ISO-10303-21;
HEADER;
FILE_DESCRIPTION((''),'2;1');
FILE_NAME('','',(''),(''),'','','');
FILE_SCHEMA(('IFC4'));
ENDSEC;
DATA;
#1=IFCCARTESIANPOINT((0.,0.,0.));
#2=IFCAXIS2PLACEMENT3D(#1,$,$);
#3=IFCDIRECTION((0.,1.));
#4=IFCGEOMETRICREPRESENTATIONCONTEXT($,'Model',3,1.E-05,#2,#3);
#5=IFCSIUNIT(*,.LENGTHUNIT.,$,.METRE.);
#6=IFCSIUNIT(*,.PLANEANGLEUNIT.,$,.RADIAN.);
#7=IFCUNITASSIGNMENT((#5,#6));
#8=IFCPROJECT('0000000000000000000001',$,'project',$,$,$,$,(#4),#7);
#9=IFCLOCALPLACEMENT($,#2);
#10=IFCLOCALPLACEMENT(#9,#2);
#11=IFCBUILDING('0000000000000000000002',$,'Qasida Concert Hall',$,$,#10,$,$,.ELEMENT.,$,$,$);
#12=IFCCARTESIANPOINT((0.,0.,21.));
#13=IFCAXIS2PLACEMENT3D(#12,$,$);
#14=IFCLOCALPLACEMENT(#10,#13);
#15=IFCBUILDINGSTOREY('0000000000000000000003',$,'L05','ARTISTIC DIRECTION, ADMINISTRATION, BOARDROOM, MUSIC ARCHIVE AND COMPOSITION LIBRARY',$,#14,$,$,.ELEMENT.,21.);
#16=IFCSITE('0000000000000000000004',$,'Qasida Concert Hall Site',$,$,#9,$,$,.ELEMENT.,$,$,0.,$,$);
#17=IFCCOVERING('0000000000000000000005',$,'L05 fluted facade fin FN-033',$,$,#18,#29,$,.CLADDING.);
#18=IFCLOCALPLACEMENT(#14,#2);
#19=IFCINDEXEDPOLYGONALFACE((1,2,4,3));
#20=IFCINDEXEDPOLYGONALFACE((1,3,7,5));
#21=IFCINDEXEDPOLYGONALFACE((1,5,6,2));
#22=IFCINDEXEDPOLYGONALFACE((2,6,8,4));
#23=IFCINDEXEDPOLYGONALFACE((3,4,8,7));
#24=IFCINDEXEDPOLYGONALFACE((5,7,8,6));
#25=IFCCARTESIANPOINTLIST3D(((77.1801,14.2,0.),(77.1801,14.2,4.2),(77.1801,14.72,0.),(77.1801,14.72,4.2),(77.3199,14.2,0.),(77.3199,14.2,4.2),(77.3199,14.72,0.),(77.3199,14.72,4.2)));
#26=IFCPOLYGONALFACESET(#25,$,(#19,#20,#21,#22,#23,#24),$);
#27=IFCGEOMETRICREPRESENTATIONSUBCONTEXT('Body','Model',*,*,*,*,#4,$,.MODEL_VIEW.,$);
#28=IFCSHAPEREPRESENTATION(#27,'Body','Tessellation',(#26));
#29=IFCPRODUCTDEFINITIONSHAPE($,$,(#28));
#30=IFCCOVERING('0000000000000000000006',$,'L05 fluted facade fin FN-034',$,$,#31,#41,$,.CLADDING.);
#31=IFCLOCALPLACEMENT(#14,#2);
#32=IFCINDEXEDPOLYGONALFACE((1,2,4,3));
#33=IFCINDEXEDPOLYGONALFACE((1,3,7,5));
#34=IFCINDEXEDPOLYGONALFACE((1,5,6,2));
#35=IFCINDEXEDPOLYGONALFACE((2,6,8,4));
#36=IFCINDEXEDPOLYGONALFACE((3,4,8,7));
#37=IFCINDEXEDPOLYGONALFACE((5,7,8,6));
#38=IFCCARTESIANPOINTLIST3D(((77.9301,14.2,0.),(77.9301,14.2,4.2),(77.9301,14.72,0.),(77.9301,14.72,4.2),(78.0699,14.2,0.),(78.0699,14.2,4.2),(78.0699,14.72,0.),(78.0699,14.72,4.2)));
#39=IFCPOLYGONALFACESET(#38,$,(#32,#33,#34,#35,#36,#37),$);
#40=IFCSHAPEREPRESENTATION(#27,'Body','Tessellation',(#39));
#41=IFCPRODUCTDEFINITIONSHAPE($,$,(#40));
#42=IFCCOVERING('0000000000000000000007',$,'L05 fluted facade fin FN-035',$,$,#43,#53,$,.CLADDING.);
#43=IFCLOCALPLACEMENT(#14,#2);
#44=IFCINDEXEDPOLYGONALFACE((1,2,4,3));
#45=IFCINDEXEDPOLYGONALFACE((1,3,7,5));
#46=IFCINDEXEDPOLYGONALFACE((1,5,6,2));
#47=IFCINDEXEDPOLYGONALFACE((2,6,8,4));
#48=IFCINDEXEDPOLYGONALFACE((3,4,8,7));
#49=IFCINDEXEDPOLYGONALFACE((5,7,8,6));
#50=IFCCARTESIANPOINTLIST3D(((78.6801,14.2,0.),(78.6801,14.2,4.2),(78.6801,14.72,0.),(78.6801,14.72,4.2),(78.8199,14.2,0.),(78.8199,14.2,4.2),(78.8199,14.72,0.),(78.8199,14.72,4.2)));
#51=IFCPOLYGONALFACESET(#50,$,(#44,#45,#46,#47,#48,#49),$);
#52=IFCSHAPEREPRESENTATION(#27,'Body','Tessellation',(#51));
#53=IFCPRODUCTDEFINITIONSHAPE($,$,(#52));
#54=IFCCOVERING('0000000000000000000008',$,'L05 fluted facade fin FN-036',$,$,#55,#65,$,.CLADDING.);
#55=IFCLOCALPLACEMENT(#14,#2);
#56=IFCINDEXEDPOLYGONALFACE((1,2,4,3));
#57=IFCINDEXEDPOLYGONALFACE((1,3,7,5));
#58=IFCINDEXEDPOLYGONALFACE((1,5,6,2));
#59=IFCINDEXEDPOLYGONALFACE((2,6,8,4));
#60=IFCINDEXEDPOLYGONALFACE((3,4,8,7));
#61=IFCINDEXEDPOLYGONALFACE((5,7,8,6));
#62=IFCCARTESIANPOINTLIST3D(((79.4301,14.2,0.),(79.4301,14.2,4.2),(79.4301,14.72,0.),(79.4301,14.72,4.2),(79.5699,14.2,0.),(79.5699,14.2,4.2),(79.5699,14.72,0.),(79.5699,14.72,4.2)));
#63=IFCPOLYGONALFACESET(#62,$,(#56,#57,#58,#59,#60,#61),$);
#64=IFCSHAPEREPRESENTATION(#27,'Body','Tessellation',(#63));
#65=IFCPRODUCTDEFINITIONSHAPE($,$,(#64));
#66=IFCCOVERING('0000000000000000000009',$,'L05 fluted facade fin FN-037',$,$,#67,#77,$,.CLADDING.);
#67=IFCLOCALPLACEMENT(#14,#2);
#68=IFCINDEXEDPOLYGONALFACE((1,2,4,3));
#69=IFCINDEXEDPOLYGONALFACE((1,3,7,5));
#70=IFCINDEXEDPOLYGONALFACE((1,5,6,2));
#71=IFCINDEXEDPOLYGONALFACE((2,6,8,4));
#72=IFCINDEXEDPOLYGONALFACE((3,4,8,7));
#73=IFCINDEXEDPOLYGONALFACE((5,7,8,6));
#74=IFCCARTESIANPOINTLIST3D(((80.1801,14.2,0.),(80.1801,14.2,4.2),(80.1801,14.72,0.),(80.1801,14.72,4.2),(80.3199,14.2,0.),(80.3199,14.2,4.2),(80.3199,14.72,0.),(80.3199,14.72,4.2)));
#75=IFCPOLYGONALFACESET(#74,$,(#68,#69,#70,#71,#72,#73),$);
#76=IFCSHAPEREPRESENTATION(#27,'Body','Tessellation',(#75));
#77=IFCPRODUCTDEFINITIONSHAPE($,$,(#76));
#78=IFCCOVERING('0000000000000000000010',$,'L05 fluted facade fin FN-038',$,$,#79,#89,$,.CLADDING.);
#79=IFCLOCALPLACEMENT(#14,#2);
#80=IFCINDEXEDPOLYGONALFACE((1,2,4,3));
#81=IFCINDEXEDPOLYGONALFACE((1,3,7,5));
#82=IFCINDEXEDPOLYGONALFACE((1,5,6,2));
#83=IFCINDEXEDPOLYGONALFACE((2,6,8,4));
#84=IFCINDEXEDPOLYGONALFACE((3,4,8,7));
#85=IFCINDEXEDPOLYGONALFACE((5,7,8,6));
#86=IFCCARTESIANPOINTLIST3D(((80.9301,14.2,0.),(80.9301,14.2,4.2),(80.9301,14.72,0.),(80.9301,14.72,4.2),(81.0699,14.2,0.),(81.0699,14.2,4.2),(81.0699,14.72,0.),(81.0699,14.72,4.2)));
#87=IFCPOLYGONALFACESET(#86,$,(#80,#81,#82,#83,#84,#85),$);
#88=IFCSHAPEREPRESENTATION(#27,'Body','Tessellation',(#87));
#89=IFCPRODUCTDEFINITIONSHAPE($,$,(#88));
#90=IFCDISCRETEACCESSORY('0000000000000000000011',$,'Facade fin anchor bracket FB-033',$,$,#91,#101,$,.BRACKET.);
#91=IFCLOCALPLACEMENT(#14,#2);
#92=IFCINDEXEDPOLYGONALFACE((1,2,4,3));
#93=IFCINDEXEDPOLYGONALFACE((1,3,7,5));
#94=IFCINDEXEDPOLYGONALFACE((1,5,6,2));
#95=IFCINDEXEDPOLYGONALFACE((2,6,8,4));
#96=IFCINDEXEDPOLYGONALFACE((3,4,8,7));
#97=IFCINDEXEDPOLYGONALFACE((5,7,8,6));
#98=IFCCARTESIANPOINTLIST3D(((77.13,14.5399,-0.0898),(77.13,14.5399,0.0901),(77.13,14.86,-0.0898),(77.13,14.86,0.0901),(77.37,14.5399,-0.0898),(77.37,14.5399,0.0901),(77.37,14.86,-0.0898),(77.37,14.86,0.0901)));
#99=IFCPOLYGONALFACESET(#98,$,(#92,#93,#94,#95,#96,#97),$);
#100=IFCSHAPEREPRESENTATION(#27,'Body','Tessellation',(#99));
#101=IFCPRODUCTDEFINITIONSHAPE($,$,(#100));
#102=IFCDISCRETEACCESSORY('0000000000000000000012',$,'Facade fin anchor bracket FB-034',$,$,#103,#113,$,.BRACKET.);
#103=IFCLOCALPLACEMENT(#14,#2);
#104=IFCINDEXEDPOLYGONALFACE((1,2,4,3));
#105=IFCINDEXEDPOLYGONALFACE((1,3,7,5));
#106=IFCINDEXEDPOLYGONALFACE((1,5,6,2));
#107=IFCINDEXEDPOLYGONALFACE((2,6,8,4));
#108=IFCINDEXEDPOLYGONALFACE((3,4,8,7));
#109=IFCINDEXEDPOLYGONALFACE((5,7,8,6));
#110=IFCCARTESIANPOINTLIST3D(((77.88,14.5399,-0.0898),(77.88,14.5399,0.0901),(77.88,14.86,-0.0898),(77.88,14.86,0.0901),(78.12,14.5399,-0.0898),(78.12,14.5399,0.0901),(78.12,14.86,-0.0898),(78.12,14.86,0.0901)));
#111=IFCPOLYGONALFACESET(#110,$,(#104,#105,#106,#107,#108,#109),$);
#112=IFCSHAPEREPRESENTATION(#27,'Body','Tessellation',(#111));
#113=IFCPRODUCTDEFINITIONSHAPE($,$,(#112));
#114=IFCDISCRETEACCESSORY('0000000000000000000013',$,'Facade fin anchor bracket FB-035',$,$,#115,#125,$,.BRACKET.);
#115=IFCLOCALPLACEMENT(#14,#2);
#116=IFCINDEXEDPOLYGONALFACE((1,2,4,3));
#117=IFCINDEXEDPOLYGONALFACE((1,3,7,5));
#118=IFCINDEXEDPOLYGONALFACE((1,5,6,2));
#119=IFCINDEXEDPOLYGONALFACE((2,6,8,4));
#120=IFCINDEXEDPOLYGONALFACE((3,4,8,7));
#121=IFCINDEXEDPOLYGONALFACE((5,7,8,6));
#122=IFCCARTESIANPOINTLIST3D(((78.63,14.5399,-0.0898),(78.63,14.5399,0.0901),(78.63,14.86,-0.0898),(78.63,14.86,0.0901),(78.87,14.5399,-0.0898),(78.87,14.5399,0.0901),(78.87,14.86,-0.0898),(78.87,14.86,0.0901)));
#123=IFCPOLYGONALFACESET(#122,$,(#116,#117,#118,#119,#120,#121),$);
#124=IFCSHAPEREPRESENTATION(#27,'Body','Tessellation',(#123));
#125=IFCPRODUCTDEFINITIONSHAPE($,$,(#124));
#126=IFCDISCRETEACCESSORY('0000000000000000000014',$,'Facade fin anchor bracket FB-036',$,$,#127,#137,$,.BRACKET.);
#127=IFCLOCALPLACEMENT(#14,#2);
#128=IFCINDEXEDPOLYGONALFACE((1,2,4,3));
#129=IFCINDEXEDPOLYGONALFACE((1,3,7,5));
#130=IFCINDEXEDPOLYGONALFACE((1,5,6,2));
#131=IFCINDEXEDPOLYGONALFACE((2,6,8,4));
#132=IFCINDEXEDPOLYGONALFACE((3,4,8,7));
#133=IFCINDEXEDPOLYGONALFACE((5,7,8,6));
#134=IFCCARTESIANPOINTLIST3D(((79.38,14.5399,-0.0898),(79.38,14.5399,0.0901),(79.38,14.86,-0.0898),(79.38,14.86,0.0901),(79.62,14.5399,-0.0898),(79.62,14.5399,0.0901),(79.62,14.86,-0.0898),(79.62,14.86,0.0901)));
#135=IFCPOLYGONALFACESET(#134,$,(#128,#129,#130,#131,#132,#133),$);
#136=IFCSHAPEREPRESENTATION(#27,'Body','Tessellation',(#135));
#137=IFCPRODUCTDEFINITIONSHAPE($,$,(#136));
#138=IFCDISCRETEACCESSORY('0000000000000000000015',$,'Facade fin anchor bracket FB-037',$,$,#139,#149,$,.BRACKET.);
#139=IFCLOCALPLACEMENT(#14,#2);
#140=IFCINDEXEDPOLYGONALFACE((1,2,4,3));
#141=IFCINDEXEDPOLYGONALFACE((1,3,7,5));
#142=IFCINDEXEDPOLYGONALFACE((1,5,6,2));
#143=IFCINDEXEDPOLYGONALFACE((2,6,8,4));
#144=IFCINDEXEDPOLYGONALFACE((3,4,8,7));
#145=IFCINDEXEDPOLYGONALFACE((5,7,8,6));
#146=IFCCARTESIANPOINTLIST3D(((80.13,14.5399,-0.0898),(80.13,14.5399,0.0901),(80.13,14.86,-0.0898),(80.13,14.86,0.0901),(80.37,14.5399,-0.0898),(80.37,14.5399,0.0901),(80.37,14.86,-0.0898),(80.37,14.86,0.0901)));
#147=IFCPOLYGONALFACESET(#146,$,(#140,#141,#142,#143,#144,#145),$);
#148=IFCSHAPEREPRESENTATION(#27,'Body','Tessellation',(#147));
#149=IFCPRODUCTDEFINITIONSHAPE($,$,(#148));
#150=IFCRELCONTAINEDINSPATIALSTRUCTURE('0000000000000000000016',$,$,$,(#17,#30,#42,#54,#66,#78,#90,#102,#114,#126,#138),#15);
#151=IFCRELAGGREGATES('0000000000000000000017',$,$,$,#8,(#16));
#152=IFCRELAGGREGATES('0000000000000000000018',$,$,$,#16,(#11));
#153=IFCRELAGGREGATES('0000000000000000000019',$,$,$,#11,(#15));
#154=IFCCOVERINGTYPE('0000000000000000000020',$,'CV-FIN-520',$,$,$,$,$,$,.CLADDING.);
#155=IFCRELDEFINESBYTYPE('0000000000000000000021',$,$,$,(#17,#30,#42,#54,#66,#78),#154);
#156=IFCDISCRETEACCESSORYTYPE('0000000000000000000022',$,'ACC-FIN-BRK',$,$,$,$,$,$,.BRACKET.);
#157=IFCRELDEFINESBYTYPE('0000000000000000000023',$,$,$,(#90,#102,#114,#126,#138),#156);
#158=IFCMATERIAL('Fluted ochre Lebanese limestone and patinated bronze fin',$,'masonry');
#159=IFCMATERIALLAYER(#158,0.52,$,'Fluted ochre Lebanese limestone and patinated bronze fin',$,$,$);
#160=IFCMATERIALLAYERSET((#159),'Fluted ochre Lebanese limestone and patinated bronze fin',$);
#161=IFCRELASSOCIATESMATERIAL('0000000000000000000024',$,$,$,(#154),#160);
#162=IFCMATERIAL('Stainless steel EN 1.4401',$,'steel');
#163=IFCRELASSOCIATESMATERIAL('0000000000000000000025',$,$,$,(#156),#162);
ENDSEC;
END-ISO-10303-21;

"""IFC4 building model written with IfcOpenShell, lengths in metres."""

from ifc_helpers import new_model, si_unit, direction, frame, origin, origin_2d, place, context, subcontext, project, spatial, rectangle, extrude, material, layer, layer_set, type_object, element, save


model = new_model("IFC4")

# Units and contexts
model_context = context("Model", 3, precision=1e-05, world=origin(), true_north=direction((0.0, 1.0)))
body_context = subcontext(model_context, "Body", "Model", "MODEL_VIEW")
ifc_project = project(units=[si_unit("LENGTHUNIT", "METRE"), si_unit("PLANEANGLEUNIT", "RADIAN")], contexts=[model_context])

# Site, building, storey
site_placement = place(None, origin())
site = spatial("IfcSite", under=ifc_project, at=site_placement, Name="Qasida Concert Hall Site", CompositionType="ELEMENT", RefElevation=0.0)
building_placement = place(site_placement, origin())
building = spatial("IfcBuilding", under=site, at=building_placement, Name="Qasida Concert Hall", CompositionType="ELEMENT")
storey_placement = place(building_placement, frame((0.0, 0.0, 21.0)))
storey = spatial("IfcBuildingStorey", under=building, at=storey_placement, Name="L05", Description="ARTISTIC DIRECTION, ADMINISTRATION, BOARDROOM, MUSIC ARCHIVE AND COMPOSITION LIBRARY", CompositionType="ELEMENT", Elevation=21.0)

# Coverings
ifc_material_1 = material(Name="Fluted ochre Lebanese limestone and patinated bronze fin", Category="masonry")
ifc_layer_1 = layer(ifc_material_1, 0.52, Name="Fluted ochre Lebanese limestone and patinated bronze fin")
ifc_layer_set_1 = layer_set([ifc_layer_1], Name="Fluted ochre Lebanese limestone and patinated bronze fin")
covering_type = type_object("IfcCoveringType", Name="CV-FIN-520", PredefinedType="CLADDING", material=ifc_layer_set_1)
for number, where, z_axis, x_axis, name in (
    (1, (77.25, 14.46, 0.0), (0.0, 0.0, 1.0), (1.0, 0.0, 0.0), "L05 fluted facade fin FN-033"),
    (2, (78.0, 14.46, 0.0), (0.0, 0.0, 1.0), (1.0, 0.0, 0.0), "L05 fluted facade fin FN-034"),
    (3, (78.75, 14.46, 0.0), (0.0, 0.0, 1.0), (1.0, 0.0, 0.0), "L05 fluted facade fin FN-035"),
    (4, (79.5, 14.46, 0.0), (0.0, 0.0, 1.0), (1.0, 0.0, 0.0), "L05 fluted facade fin FN-036"),
    (5, (80.25, 14.46, 0.0), (0.0, 0.0, 1.0), (1.0, 0.0, 0.0), "L05 fluted facade fin FN-037"),
    (6, (81.0, 14.46, 0.0), (0.0, 0.0, 1.0), (1.0, 0.0, 0.0), "L05 fluted facade fin FN-038"),
):
    element("IfcCovering", number, at=place(storey_placement, frame(where, z_axis=z_axis, x_axis=x_axis)), inside=storey, type_object=covering_type, Name=name, PredefinedType="CLADDING", context=body_context, shape_type="SweptSolid", body=[
        extrude(rectangle(XDim=0.1399, YDim=0.52, at=origin_2d()), origin(), (0.0, 0.0, 1.0), 4.2),
    ])

# Discrete accessories
ifc_material_2 = material(Name="Stainless steel EN 1.4401", Category="steel")
discrete_accessory_type = type_object("IfcDiscreteAccessoryType", Name="ACC-FIN-BRK", PredefinedType="BRACKET", material=ifc_material_2)
for number, where, z_axis, x_axis, name in (
    (7, (77.25, 14.7, -0.0898), (0.0, 0.0, 1.0), (1.0, 0.0, 0.0), "Facade fin anchor bracket FB-033"),
    (8, (78.0, 14.7, -0.0898), (0.0, 0.0, 1.0), (1.0, 0.0, 0.0), "Facade fin anchor bracket FB-034"),
    (9, (78.75, 14.7, -0.0898), (0.0, 0.0, 1.0), (1.0, 0.0, 0.0), "Facade fin anchor bracket FB-035"),
    (10, (79.5, 14.7, -0.0898), (0.0, 0.0, 1.0), (1.0, 0.0, 0.0), "Facade fin anchor bracket FB-036"),
    (11, (80.25, 14.7, -0.0898), (0.0, 0.0, 1.0), (1.0, 0.0, 0.0), "Facade fin anchor bracket FB-037"),
):
    element("IfcDiscreteAccessory", number, at=place(storey_placement, frame(where, z_axis=z_axis, x_axis=x_axis)), inside=storey, type_object=discrete_accessory_type, Name=name, PredefinedType="BRACKET", context=body_context, shape_type="SweptSolid", body=[
        extrude(rectangle(XDim=0.24, YDim=0.3201, at=origin_2d()), origin(), (0.0, 0.0, 1.0), 0.1799),
    ])

save(model, "model.ifc")
